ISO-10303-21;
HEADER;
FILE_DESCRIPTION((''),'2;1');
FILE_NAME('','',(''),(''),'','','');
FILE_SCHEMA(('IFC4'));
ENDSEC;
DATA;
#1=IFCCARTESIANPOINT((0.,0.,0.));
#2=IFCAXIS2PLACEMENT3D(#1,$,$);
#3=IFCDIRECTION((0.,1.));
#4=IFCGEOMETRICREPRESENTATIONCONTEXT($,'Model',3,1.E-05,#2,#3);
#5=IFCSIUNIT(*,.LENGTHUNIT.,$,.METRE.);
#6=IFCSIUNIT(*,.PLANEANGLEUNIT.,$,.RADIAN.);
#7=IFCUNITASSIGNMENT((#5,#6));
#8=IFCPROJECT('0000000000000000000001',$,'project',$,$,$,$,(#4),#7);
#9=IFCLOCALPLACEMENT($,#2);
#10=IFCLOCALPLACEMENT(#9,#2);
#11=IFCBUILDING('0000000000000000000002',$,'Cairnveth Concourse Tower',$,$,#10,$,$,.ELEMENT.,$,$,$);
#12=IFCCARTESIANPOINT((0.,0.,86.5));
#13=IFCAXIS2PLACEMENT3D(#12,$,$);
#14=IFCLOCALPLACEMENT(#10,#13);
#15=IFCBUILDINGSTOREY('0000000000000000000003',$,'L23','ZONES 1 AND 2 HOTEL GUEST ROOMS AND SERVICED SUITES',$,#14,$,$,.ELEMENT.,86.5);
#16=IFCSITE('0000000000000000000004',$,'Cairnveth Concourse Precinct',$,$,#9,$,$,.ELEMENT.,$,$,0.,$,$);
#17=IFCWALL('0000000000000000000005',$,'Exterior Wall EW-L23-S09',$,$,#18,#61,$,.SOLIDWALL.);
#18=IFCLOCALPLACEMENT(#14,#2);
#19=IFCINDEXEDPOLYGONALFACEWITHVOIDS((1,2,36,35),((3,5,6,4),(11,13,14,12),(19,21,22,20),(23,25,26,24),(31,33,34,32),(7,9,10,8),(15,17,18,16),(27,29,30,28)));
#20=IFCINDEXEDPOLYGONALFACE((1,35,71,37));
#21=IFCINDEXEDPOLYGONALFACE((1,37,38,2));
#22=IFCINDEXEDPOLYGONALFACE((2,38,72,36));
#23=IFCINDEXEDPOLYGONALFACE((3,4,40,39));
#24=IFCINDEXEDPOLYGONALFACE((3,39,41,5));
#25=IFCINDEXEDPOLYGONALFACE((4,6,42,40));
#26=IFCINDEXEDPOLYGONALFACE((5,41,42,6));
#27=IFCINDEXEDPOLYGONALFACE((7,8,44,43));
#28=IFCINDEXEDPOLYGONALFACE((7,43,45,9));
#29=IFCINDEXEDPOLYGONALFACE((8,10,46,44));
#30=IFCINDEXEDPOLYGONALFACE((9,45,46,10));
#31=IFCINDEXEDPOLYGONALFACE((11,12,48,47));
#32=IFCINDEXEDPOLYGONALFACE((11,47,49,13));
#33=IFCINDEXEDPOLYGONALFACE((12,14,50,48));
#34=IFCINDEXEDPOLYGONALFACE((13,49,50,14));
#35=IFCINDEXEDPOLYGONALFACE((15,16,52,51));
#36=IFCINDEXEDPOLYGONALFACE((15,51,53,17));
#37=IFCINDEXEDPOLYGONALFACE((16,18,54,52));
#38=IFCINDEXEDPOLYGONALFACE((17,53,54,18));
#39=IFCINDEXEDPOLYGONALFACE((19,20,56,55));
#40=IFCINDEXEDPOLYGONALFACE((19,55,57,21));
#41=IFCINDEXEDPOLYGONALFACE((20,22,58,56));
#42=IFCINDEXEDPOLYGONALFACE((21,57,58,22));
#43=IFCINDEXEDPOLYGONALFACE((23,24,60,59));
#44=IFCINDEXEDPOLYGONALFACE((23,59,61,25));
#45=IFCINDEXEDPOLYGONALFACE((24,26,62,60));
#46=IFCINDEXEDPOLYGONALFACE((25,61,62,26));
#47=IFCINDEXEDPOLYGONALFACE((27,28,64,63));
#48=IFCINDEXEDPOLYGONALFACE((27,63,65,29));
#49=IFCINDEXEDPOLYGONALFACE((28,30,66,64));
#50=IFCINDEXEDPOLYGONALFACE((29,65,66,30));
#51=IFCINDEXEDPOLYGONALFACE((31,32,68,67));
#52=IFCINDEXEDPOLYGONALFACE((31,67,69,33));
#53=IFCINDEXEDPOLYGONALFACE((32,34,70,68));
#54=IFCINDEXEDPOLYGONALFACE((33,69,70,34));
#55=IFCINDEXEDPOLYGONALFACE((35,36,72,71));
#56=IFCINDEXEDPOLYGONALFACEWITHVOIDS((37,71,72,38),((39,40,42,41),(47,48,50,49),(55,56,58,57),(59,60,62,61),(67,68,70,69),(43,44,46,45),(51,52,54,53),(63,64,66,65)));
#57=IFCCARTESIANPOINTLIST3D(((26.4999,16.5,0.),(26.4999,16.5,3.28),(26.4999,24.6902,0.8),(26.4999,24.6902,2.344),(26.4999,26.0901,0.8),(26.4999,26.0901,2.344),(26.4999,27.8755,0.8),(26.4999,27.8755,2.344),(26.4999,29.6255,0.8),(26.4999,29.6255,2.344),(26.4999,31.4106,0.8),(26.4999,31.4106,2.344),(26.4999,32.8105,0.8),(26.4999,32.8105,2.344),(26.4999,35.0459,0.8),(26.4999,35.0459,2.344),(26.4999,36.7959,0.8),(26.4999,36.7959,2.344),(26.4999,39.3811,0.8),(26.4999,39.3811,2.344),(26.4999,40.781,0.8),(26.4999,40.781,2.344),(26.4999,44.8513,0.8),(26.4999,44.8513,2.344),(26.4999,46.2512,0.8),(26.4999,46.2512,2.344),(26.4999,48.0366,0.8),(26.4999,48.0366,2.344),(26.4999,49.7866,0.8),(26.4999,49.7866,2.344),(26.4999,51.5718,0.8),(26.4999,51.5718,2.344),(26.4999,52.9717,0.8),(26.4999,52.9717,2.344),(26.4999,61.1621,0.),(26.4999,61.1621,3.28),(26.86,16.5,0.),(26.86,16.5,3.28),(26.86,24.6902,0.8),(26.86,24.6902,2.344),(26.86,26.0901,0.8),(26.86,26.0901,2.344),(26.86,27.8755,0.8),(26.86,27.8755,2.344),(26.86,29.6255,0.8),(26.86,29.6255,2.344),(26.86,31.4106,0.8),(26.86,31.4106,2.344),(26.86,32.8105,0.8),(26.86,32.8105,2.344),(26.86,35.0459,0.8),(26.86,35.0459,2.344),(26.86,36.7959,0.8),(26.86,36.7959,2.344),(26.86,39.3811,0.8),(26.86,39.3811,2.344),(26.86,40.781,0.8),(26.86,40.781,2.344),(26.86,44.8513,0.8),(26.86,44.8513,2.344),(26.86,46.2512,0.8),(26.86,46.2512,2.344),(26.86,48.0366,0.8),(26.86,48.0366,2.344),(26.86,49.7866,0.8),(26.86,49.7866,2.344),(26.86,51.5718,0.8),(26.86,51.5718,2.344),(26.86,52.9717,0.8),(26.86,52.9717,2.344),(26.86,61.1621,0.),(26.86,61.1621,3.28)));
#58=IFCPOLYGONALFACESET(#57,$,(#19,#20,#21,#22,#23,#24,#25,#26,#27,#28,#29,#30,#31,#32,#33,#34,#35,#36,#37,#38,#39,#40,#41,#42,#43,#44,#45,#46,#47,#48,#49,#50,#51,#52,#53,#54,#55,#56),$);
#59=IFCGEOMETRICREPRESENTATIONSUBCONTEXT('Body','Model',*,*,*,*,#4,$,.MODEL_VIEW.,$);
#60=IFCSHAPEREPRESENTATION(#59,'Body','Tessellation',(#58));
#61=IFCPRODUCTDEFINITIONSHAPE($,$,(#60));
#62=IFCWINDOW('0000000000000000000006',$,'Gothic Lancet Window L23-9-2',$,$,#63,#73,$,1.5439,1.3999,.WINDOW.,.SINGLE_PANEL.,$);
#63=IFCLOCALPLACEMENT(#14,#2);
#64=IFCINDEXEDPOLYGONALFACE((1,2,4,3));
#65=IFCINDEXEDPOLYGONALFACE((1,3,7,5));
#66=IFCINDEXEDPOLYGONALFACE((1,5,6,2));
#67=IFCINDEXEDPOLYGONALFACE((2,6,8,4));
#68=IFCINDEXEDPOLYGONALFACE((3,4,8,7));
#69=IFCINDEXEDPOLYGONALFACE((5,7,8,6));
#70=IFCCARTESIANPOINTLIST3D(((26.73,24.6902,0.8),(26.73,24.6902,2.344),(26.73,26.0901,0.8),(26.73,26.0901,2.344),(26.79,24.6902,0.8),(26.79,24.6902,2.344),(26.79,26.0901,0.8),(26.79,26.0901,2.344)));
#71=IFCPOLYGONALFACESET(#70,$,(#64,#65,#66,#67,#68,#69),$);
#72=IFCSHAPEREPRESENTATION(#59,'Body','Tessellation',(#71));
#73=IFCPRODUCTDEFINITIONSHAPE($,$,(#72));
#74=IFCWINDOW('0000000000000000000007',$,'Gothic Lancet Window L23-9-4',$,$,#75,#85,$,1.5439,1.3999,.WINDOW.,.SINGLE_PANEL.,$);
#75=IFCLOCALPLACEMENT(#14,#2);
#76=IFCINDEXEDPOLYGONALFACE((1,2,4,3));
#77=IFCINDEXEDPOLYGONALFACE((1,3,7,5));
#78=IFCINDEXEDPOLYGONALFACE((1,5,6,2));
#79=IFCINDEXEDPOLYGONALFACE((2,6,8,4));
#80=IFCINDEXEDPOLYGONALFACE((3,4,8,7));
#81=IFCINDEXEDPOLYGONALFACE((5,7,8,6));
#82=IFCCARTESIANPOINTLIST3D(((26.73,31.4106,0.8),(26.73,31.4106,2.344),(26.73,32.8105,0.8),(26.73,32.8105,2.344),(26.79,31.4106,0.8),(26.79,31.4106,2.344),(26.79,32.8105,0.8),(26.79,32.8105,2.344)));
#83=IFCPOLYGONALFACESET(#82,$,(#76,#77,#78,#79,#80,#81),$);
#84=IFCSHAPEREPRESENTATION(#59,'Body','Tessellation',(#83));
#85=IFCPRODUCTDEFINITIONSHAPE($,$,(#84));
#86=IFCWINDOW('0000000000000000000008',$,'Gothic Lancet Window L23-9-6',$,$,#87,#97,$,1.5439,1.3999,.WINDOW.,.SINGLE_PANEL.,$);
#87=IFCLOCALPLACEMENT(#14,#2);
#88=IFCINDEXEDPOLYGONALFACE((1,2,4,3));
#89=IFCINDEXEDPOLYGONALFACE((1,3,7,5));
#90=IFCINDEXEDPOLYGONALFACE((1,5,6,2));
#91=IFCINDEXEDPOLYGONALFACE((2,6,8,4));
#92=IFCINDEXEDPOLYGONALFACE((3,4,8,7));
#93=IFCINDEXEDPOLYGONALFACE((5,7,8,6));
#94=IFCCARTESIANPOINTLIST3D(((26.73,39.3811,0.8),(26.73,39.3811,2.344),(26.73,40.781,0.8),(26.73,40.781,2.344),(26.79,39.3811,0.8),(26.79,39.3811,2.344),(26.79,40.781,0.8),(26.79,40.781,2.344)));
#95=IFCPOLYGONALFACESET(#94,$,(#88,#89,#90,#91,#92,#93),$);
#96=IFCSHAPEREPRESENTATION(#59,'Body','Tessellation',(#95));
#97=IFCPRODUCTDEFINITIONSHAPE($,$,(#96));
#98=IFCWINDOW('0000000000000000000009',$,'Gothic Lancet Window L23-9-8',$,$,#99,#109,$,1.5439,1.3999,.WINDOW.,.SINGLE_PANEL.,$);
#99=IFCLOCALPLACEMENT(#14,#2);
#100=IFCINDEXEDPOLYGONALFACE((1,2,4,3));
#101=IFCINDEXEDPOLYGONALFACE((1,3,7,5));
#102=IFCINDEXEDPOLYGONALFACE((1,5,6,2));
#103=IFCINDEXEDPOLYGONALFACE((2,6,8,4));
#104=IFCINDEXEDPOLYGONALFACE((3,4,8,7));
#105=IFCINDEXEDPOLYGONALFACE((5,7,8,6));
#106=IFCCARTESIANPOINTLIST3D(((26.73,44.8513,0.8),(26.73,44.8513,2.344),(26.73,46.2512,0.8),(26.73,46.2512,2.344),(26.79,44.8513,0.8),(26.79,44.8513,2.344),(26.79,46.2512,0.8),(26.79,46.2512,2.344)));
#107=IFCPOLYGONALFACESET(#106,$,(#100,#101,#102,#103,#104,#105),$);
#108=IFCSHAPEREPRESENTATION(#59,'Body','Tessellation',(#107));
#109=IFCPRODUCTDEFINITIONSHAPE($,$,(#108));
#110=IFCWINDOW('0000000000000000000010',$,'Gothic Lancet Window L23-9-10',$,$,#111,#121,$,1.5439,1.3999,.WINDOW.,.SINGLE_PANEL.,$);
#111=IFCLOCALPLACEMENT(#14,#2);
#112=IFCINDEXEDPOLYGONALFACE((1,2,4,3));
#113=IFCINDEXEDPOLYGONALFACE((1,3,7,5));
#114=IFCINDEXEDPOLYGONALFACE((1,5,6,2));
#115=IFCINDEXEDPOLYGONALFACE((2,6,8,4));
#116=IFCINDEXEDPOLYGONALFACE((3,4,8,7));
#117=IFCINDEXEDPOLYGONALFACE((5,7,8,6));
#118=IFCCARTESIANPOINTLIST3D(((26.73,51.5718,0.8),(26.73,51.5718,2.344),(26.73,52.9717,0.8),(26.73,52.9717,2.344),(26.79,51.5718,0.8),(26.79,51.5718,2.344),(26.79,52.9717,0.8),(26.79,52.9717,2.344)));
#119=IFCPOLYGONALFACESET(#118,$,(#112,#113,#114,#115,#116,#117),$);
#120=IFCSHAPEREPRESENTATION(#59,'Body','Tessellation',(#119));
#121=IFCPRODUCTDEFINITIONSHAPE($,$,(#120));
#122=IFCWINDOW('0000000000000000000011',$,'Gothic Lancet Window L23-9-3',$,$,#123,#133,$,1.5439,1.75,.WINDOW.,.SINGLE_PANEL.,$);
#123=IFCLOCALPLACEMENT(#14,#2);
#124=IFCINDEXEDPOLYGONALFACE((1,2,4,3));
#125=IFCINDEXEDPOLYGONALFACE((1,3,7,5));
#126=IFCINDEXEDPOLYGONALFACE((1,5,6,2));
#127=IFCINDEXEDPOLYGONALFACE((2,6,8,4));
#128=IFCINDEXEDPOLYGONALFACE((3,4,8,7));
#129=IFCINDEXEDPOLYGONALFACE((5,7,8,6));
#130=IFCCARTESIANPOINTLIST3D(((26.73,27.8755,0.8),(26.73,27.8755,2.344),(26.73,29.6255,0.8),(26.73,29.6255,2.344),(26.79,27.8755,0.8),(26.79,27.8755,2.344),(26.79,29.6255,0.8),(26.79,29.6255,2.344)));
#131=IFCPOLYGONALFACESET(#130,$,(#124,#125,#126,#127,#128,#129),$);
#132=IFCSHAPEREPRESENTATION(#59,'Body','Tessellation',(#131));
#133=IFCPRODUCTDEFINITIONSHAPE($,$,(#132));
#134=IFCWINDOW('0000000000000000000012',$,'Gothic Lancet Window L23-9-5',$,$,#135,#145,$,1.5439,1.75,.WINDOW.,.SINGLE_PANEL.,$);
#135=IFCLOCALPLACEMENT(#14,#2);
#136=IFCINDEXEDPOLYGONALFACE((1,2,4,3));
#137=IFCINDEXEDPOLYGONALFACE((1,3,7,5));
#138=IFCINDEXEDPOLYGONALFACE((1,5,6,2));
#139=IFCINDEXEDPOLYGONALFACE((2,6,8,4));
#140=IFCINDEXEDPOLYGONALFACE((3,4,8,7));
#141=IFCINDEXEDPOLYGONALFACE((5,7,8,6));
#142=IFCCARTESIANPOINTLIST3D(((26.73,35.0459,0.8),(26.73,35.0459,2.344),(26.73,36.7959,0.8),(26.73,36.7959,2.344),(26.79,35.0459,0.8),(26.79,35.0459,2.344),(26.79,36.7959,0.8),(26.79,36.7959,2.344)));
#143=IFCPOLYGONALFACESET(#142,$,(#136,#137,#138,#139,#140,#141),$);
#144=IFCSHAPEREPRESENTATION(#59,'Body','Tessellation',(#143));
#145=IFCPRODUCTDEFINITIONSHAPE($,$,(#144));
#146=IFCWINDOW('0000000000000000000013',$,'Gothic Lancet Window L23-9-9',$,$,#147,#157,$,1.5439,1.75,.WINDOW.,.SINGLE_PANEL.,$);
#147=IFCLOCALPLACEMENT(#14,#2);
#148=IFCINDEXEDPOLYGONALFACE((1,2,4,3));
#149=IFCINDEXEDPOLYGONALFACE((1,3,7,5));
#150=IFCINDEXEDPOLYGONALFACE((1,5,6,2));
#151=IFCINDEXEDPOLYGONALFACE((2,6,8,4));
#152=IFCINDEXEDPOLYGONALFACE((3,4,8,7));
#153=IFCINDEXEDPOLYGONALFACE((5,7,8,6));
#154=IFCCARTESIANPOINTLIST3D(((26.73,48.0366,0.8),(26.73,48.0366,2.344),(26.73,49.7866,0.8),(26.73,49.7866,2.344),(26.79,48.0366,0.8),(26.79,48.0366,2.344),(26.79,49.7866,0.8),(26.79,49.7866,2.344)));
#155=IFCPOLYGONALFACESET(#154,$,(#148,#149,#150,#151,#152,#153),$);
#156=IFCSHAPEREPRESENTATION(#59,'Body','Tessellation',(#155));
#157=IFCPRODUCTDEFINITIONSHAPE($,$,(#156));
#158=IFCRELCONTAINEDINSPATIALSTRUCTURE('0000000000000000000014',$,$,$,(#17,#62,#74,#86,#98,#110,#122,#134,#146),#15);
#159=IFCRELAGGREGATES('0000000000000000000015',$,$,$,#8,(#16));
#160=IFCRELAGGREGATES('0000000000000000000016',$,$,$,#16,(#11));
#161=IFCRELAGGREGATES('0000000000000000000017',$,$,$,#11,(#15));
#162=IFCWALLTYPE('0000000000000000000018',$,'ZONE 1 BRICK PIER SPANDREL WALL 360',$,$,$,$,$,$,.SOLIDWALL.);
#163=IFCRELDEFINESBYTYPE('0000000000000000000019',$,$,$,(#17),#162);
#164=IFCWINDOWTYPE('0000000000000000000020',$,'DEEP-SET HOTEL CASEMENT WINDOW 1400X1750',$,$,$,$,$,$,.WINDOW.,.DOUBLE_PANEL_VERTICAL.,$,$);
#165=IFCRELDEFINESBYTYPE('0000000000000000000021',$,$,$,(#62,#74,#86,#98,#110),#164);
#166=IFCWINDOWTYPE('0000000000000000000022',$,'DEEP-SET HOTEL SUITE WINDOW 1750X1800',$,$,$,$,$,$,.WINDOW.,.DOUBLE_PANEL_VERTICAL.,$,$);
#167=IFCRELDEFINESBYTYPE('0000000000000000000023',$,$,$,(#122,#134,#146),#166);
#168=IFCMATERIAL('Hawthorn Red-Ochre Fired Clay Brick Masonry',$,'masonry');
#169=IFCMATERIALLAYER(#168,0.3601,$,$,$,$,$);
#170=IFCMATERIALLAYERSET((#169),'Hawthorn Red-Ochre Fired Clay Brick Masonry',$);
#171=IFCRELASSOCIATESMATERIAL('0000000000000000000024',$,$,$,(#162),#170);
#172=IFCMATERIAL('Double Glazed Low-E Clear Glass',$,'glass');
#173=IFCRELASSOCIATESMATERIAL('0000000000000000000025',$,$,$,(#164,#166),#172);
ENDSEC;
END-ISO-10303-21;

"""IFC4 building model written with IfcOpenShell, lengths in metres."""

from ifc_helpers import new_model, si_unit, direction, frame, frame_2d, origin, place, context, subcontext, project, spatial, rectangle, extrude, material, layer, layer_set, type_object, element, fill, save


model = new_model("IFC4")

# Units and contexts
model_context = context("Model", 3, precision=1e-05, world=origin(), true_north=direction((0.0, 1.0)))
body_context = subcontext(model_context, "Body", "Model", "MODEL_VIEW")
ifc_project = project(units=[si_unit("LENGTHUNIT", "METRE"), si_unit("PLANEANGLEUNIT", "RADIAN")], contexts=[model_context])

# Site, building, storey
site_placement = place(None, origin())
site = spatial("IfcSite", under=ifc_project, at=site_placement, Name="Cairnveth Concourse Precinct", CompositionType="ELEMENT", RefElevation=0.0)
building_placement = place(site_placement, origin())
building = spatial("IfcBuilding", under=site, at=building_placement, Name="Cairnveth Concourse Tower", CompositionType="ELEMENT")
storey_placement = place(building_placement, frame((0.0, 0.0, 86.5)))
storey = spatial("IfcBuildingStorey", under=building, at=storey_placement, Name="L23", Description="ZONES 1 AND 2 HOTEL GUEST ROOMS AND SERVICED SUITES", CompositionType="ELEMENT", Elevation=86.5)

# Wall, openings, windows
ifc_material_1 = material(Name="Hawthorn Red-Ochre Fired Clay Brick Masonry", Category="masonry")
ifc_layer_1 = layer(ifc_material_1, 0.3601)
ifc_layer_set_1 = layer_set([ifc_layer_1], Name="Hawthorn Red-Ochre Fired Clay Brick Masonry")
wall_type = type_object("IfcWallType", Name="ZONE 1 BRICK PIER SPANDREL WALL 360", PredefinedType="SOLIDWALL", material=ifc_layer_set_1)
wall_placement = place(storey_placement, frame((26.6799, 16.5, 0.0), z_axis=(0.0, 0.0, 1.0), x_axis=(0.0, 1.0, 0.0)))
wall = element("IfcWall", 1, at=wall_placement, inside=storey, type_object=wall_type, Name="Exterior Wall EW-L23-S09", PredefinedType="SOLIDWALL", context=body_context, shape_type="SweptSolid", body=[
    extrude(rectangle(XDim=44.6621, YDim=0.3601, at=frame_2d((22.3311, 0.0))), origin(), (0.0, 0.0, 1.0), 3.28),
])
opening_1_placement = place(wall_placement, frame((8.1902, 0.0, 0.8)))
opening_1 = element("IfcOpeningElement", 2, at=opening_1_placement, cuts=wall, PredefinedType="OPENING", context=body_context, shape_type="SweptSolid", body=[
    extrude(rectangle(XDim=1.3999, YDim=1.5439, at=frame_2d((0.7, 0.772))), frame((0.0, 0.1899, 0.0), z_axis=(0.0, -1.0, 0.0), x_axis=(1.0, 0.0, 0.0)), (0.0, 0.0, 1.0), 0.3801),
])
opening_2_placement = place(wall_placement, frame((11.3755, 0.0, 0.8)))
opening_2 = element("IfcOpeningElement", 3, at=opening_2_placement, cuts=wall, PredefinedType="OPENING", context=body_context, shape_type="SweptSolid", body=[
    extrude(rectangle(XDim=1.75, YDim=1.5439, at=frame_2d((0.875, 0.772))), frame((0.0, 0.1899, 0.0), z_axis=(0.0, -1.0, 0.0), x_axis=(1.0, 0.0, 0.0)), (0.0, 0.0, 1.0), 0.3801),
])
opening_3_placement = place(wall_placement, frame((14.9106, 0.0, 0.8)))
opening_3 = element("IfcOpeningElement", 4, at=opening_3_placement, cuts=wall, PredefinedType="OPENING", context=body_context, shape_type="SweptSolid", body=[
    extrude(rectangle(XDim=1.3999, YDim=1.5439, at=frame_2d((0.7, 0.772))), frame((0.0, 0.1899, 0.0), z_axis=(0.0, -1.0, 0.0), x_axis=(1.0, 0.0, 0.0)), (0.0, 0.0, 1.0), 0.3801),
])
opening_4_placement = place(wall_placement, frame((18.5459, 0.0, 0.8)))
opening_4 = element("IfcOpeningElement", 5, at=opening_4_placement, cuts=wall, PredefinedType="OPENING", context=body_context, shape_type="SweptSolid", body=[
    extrude(rectangle(XDim=1.75, YDim=1.5439, at=frame_2d((0.875, 0.772))), frame((0.0, 0.1899, 0.0), z_axis=(0.0, -1.0, 0.0), x_axis=(1.0, 0.0, 0.0)), (0.0, 0.0, 1.0), 0.3801),
])
opening_5_placement = place(wall_placement, frame((22.8811, 0.0, 0.8)))
opening_5 = element("IfcOpeningElement", 6, at=opening_5_placement, cuts=wall, PredefinedType="OPENING", context=body_context, shape_type="SweptSolid", body=[
    extrude(rectangle(XDim=1.3999, YDim=1.5439, at=frame_2d((0.7, 0.772))), frame((0.0, 0.1899, 0.0), z_axis=(0.0, -1.0, 0.0), x_axis=(1.0, 0.0, 0.0)), (0.0, 0.0, 1.0), 0.3801),
])
opening_6_placement = place(wall_placement, frame((28.3513, 0.0, 0.8)))
opening_6 = element("IfcOpeningElement", 7, at=opening_6_placement, cuts=wall, PredefinedType="OPENING", context=body_context, shape_type="SweptSolid", body=[
    extrude(rectangle(XDim=1.3999, YDim=1.5439, at=frame_2d((0.7, 0.772))), frame((0.0, 0.1899, 0.0), z_axis=(0.0, -1.0, 0.0), x_axis=(1.0, 0.0, 0.0)), (0.0, 0.0, 1.0), 0.3801),
])
opening_7_placement = place(wall_placement, frame((31.5366, 0.0, 0.8)))
opening_7 = element("IfcOpeningElement", 8, at=opening_7_placement, cuts=wall, PredefinedType="OPENING", context=body_context, shape_type="SweptSolid", body=[
    extrude(rectangle(XDim=1.75, YDim=1.5439, at=frame_2d((0.875, 0.772))), frame((0.0, 0.1899, 0.0), z_axis=(0.0, -1.0, 0.0), x_axis=(1.0, 0.0, 0.0)), (0.0, 0.0, 1.0), 0.3801),
])
opening_8_placement = place(wall_placement, frame((35.0718, 0.0, 0.8)))
opening_8 = element("IfcOpeningElement", 9, at=opening_8_placement, cuts=wall, PredefinedType="OPENING", context=body_context, shape_type="SweptSolid", body=[
    extrude(rectangle(XDim=1.3999, YDim=1.5439, at=frame_2d((0.7, 0.772))), frame((0.0, 0.1899, 0.0), z_axis=(0.0, -1.0, 0.0), x_axis=(1.0, 0.0, 0.0)), (0.0, 0.0, 1.0), 0.3801),
])
ifc_material_2 = material(Name="Double Glazed Low-E Clear Glass", Category="glass")
window_type_1 = type_object("IfcWindowType", Name="DEEP-SET HOTEL CASEMENT WINDOW 1400X1750", PartitioningType="DOUBLE_PANEL_VERTICAL", PredefinedType="WINDOW", material=ifc_material_2)
window_1_placement = place(opening_1_placement, origin())
window_1 = element("IfcWindow", 10, at=window_1_placement, inside=storey, type_object=window_type_1, Name="Gothic Lancet Window L23-9-2", OverallHeight=1.5439, OverallWidth=1.3999, PartitioningType="SINGLE_PANEL", PredefinedType="WINDOW", context=body_context, shape_type="SweptSolid", body=[
    extrude(rectangle(XDim=1.3999, YDim=1.5439, at=frame_2d((0.7, 0.772))), frame((0.0, -0.05, 0.0), z_axis=(0.0, -1.0, 0.0), x_axis=(1.0, 0.0, 0.0)), (0.0, 0.0, 1.0), 0.0601),
])
fill(opening_1, window_1)
window_2_placement = place(opening_3_placement, origin())
window_2 = element("IfcWindow", 11, at=window_2_placement, inside=storey, type_object=window_type_1, Name="Gothic Lancet Window L23-9-4", OverallHeight=1.5439, OverallWidth=1.3999, PartitioningType="SINGLE_PANEL", PredefinedType="WINDOW", context=body_context, shape_type="SweptSolid", body=[
    extrude(rectangle(XDim=1.3999, YDim=1.5439, at=frame_2d((0.7, 0.772))), frame((0.0, -0.05, 0.0), z_axis=(0.0, -1.0, 0.0), x_axis=(1.0, 0.0, 0.0)), (0.0, 0.0, 1.0), 0.0601),
])
fill(opening_3, window_2)
window_3_placement = place(opening_5_placement, origin())
window_3 = element("IfcWindow", 12, at=window_3_placement, inside=storey, type_object=window_type_1, Name="Gothic Lancet Window L23-9-6", OverallHeight=1.5439, OverallWidth=1.3999, PartitioningType="SINGLE_PANEL", PredefinedType="WINDOW", context=body_context, shape_type="SweptSolid", body=[
    extrude(rectangle(XDim=1.3999, YDim=1.5439, at=frame_2d((0.7, 0.772))), frame((0.0, -0.05, 0.0), z_axis=(0.0, -1.0, 0.0), x_axis=(1.0, 0.0, 0.0)), (0.0, 0.0, 1.0), 0.0601),
])
fill(opening_5, window_3)
window_4_placement = place(opening_6_placement, origin())
window_4 = element("IfcWindow", 13, at=window_4_placement, inside=storey, type_object=window_type_1, Name="Gothic Lancet Window L23-9-8", OverallHeight=1.5439, OverallWidth=1.3999, PartitioningType="SINGLE_PANEL", PredefinedType="WINDOW", context=body_context, shape_type="SweptSolid", body=[
    extrude(rectangle(XDim=1.3999, YDim=1.5439, at=frame_2d((0.7, 0.772))), frame((0.0, -0.05, 0.0), z_axis=(0.0, -1.0, 0.0), x_axis=(1.0, 0.0, 0.0)), (0.0, 0.0, 1.0), 0.0601),
])
fill(opening_6, window_4)
window_5_placement = place(opening_8_placement, origin())
window_5 = element("IfcWindow", 14, at=window_5_placement, inside=storey, type_object=window_type_1, Name="Gothic Lancet Window L23-9-10", OverallHeight=1.5439, OverallWidth=1.3999, PartitioningType="SINGLE_PANEL", PredefinedType="WINDOW", context=body_context, shape_type="SweptSolid", body=[
    extrude(rectangle(XDim=1.3999, YDim=1.5439, at=frame_2d((0.7, 0.772))), frame((0.0, -0.05, 0.0), z_axis=(0.0, -1.0, 0.0), x_axis=(1.0, 0.0, 0.0)), (0.0, 0.0, 1.0), 0.0601),
])
fill(opening_8, window_5)
window_type_2 = type_object("IfcWindowType", Name="DEEP-SET HOTEL SUITE WINDOW 1750X1800", PartitioningType="DOUBLE_PANEL_VERTICAL", PredefinedType="WINDOW", material=ifc_material_2)
window_6_placement = place(opening_2_placement, origin())
window_6 = element("IfcWindow", 15, at=window_6_placement, inside=storey, type_object=window_type_2, Name="Gothic Lancet Window L23-9-3", OverallHeight=1.5439, OverallWidth=1.75, PartitioningType="SINGLE_PANEL", PredefinedType="WINDOW", context=body_context, shape_type="SweptSolid", body=[
    extrude(rectangle(XDim=1.75, YDim=1.5439, at=frame_2d((0.875, 0.772))), frame((0.0, -0.05, 0.0), z_axis=(0.0, -1.0, 0.0), x_axis=(1.0, 0.0, 0.0)), (0.0, 0.0, 1.0), 0.0601),
])
fill(opening_2, window_6)
window_7_placement = place(opening_4_placement, origin())
window_7 = element("IfcWindow", 16, at=window_7_placement, inside=storey, type_object=window_type_2, Name="Gothic Lancet Window L23-9-5", OverallHeight=1.5439, OverallWidth=1.75, PartitioningType="SINGLE_PANEL", PredefinedType="WINDOW", context=body_context, shape_type="SweptSolid", body=[
    extrude(rectangle(XDim=1.75, YDim=1.5439, at=frame_2d((0.875, 0.772))), frame((0.0, -0.05, 0.0), z_axis=(0.0, -1.0, 0.0), x_axis=(1.0, 0.0, 0.0)), (0.0, 0.0, 1.0), 0.0601),
])
fill(opening_4, window_7)
window_8_placement = place(opening_7_placement, origin())
window_8 = element("IfcWindow", 17, at=window_8_placement, inside=storey, type_object=window_type_2, Name="Gothic Lancet Window L23-9-9", OverallHeight=1.5439, OverallWidth=1.75, PartitioningType="SINGLE_PANEL", PredefinedType="WINDOW", context=body_context, shape_type="SweptSolid", body=[
    extrude(rectangle(XDim=1.75, YDim=1.5439, at=frame_2d((0.875, 0.772))), frame((0.0, -0.05, 0.0), z_axis=(0.0, -1.0, 0.0), x_axis=(1.0, 0.0, 0.0)), (0.0, 0.0, 1.0), 0.0601),
])
fill(opening_7, window_8)

save(model, "model.ifc")
